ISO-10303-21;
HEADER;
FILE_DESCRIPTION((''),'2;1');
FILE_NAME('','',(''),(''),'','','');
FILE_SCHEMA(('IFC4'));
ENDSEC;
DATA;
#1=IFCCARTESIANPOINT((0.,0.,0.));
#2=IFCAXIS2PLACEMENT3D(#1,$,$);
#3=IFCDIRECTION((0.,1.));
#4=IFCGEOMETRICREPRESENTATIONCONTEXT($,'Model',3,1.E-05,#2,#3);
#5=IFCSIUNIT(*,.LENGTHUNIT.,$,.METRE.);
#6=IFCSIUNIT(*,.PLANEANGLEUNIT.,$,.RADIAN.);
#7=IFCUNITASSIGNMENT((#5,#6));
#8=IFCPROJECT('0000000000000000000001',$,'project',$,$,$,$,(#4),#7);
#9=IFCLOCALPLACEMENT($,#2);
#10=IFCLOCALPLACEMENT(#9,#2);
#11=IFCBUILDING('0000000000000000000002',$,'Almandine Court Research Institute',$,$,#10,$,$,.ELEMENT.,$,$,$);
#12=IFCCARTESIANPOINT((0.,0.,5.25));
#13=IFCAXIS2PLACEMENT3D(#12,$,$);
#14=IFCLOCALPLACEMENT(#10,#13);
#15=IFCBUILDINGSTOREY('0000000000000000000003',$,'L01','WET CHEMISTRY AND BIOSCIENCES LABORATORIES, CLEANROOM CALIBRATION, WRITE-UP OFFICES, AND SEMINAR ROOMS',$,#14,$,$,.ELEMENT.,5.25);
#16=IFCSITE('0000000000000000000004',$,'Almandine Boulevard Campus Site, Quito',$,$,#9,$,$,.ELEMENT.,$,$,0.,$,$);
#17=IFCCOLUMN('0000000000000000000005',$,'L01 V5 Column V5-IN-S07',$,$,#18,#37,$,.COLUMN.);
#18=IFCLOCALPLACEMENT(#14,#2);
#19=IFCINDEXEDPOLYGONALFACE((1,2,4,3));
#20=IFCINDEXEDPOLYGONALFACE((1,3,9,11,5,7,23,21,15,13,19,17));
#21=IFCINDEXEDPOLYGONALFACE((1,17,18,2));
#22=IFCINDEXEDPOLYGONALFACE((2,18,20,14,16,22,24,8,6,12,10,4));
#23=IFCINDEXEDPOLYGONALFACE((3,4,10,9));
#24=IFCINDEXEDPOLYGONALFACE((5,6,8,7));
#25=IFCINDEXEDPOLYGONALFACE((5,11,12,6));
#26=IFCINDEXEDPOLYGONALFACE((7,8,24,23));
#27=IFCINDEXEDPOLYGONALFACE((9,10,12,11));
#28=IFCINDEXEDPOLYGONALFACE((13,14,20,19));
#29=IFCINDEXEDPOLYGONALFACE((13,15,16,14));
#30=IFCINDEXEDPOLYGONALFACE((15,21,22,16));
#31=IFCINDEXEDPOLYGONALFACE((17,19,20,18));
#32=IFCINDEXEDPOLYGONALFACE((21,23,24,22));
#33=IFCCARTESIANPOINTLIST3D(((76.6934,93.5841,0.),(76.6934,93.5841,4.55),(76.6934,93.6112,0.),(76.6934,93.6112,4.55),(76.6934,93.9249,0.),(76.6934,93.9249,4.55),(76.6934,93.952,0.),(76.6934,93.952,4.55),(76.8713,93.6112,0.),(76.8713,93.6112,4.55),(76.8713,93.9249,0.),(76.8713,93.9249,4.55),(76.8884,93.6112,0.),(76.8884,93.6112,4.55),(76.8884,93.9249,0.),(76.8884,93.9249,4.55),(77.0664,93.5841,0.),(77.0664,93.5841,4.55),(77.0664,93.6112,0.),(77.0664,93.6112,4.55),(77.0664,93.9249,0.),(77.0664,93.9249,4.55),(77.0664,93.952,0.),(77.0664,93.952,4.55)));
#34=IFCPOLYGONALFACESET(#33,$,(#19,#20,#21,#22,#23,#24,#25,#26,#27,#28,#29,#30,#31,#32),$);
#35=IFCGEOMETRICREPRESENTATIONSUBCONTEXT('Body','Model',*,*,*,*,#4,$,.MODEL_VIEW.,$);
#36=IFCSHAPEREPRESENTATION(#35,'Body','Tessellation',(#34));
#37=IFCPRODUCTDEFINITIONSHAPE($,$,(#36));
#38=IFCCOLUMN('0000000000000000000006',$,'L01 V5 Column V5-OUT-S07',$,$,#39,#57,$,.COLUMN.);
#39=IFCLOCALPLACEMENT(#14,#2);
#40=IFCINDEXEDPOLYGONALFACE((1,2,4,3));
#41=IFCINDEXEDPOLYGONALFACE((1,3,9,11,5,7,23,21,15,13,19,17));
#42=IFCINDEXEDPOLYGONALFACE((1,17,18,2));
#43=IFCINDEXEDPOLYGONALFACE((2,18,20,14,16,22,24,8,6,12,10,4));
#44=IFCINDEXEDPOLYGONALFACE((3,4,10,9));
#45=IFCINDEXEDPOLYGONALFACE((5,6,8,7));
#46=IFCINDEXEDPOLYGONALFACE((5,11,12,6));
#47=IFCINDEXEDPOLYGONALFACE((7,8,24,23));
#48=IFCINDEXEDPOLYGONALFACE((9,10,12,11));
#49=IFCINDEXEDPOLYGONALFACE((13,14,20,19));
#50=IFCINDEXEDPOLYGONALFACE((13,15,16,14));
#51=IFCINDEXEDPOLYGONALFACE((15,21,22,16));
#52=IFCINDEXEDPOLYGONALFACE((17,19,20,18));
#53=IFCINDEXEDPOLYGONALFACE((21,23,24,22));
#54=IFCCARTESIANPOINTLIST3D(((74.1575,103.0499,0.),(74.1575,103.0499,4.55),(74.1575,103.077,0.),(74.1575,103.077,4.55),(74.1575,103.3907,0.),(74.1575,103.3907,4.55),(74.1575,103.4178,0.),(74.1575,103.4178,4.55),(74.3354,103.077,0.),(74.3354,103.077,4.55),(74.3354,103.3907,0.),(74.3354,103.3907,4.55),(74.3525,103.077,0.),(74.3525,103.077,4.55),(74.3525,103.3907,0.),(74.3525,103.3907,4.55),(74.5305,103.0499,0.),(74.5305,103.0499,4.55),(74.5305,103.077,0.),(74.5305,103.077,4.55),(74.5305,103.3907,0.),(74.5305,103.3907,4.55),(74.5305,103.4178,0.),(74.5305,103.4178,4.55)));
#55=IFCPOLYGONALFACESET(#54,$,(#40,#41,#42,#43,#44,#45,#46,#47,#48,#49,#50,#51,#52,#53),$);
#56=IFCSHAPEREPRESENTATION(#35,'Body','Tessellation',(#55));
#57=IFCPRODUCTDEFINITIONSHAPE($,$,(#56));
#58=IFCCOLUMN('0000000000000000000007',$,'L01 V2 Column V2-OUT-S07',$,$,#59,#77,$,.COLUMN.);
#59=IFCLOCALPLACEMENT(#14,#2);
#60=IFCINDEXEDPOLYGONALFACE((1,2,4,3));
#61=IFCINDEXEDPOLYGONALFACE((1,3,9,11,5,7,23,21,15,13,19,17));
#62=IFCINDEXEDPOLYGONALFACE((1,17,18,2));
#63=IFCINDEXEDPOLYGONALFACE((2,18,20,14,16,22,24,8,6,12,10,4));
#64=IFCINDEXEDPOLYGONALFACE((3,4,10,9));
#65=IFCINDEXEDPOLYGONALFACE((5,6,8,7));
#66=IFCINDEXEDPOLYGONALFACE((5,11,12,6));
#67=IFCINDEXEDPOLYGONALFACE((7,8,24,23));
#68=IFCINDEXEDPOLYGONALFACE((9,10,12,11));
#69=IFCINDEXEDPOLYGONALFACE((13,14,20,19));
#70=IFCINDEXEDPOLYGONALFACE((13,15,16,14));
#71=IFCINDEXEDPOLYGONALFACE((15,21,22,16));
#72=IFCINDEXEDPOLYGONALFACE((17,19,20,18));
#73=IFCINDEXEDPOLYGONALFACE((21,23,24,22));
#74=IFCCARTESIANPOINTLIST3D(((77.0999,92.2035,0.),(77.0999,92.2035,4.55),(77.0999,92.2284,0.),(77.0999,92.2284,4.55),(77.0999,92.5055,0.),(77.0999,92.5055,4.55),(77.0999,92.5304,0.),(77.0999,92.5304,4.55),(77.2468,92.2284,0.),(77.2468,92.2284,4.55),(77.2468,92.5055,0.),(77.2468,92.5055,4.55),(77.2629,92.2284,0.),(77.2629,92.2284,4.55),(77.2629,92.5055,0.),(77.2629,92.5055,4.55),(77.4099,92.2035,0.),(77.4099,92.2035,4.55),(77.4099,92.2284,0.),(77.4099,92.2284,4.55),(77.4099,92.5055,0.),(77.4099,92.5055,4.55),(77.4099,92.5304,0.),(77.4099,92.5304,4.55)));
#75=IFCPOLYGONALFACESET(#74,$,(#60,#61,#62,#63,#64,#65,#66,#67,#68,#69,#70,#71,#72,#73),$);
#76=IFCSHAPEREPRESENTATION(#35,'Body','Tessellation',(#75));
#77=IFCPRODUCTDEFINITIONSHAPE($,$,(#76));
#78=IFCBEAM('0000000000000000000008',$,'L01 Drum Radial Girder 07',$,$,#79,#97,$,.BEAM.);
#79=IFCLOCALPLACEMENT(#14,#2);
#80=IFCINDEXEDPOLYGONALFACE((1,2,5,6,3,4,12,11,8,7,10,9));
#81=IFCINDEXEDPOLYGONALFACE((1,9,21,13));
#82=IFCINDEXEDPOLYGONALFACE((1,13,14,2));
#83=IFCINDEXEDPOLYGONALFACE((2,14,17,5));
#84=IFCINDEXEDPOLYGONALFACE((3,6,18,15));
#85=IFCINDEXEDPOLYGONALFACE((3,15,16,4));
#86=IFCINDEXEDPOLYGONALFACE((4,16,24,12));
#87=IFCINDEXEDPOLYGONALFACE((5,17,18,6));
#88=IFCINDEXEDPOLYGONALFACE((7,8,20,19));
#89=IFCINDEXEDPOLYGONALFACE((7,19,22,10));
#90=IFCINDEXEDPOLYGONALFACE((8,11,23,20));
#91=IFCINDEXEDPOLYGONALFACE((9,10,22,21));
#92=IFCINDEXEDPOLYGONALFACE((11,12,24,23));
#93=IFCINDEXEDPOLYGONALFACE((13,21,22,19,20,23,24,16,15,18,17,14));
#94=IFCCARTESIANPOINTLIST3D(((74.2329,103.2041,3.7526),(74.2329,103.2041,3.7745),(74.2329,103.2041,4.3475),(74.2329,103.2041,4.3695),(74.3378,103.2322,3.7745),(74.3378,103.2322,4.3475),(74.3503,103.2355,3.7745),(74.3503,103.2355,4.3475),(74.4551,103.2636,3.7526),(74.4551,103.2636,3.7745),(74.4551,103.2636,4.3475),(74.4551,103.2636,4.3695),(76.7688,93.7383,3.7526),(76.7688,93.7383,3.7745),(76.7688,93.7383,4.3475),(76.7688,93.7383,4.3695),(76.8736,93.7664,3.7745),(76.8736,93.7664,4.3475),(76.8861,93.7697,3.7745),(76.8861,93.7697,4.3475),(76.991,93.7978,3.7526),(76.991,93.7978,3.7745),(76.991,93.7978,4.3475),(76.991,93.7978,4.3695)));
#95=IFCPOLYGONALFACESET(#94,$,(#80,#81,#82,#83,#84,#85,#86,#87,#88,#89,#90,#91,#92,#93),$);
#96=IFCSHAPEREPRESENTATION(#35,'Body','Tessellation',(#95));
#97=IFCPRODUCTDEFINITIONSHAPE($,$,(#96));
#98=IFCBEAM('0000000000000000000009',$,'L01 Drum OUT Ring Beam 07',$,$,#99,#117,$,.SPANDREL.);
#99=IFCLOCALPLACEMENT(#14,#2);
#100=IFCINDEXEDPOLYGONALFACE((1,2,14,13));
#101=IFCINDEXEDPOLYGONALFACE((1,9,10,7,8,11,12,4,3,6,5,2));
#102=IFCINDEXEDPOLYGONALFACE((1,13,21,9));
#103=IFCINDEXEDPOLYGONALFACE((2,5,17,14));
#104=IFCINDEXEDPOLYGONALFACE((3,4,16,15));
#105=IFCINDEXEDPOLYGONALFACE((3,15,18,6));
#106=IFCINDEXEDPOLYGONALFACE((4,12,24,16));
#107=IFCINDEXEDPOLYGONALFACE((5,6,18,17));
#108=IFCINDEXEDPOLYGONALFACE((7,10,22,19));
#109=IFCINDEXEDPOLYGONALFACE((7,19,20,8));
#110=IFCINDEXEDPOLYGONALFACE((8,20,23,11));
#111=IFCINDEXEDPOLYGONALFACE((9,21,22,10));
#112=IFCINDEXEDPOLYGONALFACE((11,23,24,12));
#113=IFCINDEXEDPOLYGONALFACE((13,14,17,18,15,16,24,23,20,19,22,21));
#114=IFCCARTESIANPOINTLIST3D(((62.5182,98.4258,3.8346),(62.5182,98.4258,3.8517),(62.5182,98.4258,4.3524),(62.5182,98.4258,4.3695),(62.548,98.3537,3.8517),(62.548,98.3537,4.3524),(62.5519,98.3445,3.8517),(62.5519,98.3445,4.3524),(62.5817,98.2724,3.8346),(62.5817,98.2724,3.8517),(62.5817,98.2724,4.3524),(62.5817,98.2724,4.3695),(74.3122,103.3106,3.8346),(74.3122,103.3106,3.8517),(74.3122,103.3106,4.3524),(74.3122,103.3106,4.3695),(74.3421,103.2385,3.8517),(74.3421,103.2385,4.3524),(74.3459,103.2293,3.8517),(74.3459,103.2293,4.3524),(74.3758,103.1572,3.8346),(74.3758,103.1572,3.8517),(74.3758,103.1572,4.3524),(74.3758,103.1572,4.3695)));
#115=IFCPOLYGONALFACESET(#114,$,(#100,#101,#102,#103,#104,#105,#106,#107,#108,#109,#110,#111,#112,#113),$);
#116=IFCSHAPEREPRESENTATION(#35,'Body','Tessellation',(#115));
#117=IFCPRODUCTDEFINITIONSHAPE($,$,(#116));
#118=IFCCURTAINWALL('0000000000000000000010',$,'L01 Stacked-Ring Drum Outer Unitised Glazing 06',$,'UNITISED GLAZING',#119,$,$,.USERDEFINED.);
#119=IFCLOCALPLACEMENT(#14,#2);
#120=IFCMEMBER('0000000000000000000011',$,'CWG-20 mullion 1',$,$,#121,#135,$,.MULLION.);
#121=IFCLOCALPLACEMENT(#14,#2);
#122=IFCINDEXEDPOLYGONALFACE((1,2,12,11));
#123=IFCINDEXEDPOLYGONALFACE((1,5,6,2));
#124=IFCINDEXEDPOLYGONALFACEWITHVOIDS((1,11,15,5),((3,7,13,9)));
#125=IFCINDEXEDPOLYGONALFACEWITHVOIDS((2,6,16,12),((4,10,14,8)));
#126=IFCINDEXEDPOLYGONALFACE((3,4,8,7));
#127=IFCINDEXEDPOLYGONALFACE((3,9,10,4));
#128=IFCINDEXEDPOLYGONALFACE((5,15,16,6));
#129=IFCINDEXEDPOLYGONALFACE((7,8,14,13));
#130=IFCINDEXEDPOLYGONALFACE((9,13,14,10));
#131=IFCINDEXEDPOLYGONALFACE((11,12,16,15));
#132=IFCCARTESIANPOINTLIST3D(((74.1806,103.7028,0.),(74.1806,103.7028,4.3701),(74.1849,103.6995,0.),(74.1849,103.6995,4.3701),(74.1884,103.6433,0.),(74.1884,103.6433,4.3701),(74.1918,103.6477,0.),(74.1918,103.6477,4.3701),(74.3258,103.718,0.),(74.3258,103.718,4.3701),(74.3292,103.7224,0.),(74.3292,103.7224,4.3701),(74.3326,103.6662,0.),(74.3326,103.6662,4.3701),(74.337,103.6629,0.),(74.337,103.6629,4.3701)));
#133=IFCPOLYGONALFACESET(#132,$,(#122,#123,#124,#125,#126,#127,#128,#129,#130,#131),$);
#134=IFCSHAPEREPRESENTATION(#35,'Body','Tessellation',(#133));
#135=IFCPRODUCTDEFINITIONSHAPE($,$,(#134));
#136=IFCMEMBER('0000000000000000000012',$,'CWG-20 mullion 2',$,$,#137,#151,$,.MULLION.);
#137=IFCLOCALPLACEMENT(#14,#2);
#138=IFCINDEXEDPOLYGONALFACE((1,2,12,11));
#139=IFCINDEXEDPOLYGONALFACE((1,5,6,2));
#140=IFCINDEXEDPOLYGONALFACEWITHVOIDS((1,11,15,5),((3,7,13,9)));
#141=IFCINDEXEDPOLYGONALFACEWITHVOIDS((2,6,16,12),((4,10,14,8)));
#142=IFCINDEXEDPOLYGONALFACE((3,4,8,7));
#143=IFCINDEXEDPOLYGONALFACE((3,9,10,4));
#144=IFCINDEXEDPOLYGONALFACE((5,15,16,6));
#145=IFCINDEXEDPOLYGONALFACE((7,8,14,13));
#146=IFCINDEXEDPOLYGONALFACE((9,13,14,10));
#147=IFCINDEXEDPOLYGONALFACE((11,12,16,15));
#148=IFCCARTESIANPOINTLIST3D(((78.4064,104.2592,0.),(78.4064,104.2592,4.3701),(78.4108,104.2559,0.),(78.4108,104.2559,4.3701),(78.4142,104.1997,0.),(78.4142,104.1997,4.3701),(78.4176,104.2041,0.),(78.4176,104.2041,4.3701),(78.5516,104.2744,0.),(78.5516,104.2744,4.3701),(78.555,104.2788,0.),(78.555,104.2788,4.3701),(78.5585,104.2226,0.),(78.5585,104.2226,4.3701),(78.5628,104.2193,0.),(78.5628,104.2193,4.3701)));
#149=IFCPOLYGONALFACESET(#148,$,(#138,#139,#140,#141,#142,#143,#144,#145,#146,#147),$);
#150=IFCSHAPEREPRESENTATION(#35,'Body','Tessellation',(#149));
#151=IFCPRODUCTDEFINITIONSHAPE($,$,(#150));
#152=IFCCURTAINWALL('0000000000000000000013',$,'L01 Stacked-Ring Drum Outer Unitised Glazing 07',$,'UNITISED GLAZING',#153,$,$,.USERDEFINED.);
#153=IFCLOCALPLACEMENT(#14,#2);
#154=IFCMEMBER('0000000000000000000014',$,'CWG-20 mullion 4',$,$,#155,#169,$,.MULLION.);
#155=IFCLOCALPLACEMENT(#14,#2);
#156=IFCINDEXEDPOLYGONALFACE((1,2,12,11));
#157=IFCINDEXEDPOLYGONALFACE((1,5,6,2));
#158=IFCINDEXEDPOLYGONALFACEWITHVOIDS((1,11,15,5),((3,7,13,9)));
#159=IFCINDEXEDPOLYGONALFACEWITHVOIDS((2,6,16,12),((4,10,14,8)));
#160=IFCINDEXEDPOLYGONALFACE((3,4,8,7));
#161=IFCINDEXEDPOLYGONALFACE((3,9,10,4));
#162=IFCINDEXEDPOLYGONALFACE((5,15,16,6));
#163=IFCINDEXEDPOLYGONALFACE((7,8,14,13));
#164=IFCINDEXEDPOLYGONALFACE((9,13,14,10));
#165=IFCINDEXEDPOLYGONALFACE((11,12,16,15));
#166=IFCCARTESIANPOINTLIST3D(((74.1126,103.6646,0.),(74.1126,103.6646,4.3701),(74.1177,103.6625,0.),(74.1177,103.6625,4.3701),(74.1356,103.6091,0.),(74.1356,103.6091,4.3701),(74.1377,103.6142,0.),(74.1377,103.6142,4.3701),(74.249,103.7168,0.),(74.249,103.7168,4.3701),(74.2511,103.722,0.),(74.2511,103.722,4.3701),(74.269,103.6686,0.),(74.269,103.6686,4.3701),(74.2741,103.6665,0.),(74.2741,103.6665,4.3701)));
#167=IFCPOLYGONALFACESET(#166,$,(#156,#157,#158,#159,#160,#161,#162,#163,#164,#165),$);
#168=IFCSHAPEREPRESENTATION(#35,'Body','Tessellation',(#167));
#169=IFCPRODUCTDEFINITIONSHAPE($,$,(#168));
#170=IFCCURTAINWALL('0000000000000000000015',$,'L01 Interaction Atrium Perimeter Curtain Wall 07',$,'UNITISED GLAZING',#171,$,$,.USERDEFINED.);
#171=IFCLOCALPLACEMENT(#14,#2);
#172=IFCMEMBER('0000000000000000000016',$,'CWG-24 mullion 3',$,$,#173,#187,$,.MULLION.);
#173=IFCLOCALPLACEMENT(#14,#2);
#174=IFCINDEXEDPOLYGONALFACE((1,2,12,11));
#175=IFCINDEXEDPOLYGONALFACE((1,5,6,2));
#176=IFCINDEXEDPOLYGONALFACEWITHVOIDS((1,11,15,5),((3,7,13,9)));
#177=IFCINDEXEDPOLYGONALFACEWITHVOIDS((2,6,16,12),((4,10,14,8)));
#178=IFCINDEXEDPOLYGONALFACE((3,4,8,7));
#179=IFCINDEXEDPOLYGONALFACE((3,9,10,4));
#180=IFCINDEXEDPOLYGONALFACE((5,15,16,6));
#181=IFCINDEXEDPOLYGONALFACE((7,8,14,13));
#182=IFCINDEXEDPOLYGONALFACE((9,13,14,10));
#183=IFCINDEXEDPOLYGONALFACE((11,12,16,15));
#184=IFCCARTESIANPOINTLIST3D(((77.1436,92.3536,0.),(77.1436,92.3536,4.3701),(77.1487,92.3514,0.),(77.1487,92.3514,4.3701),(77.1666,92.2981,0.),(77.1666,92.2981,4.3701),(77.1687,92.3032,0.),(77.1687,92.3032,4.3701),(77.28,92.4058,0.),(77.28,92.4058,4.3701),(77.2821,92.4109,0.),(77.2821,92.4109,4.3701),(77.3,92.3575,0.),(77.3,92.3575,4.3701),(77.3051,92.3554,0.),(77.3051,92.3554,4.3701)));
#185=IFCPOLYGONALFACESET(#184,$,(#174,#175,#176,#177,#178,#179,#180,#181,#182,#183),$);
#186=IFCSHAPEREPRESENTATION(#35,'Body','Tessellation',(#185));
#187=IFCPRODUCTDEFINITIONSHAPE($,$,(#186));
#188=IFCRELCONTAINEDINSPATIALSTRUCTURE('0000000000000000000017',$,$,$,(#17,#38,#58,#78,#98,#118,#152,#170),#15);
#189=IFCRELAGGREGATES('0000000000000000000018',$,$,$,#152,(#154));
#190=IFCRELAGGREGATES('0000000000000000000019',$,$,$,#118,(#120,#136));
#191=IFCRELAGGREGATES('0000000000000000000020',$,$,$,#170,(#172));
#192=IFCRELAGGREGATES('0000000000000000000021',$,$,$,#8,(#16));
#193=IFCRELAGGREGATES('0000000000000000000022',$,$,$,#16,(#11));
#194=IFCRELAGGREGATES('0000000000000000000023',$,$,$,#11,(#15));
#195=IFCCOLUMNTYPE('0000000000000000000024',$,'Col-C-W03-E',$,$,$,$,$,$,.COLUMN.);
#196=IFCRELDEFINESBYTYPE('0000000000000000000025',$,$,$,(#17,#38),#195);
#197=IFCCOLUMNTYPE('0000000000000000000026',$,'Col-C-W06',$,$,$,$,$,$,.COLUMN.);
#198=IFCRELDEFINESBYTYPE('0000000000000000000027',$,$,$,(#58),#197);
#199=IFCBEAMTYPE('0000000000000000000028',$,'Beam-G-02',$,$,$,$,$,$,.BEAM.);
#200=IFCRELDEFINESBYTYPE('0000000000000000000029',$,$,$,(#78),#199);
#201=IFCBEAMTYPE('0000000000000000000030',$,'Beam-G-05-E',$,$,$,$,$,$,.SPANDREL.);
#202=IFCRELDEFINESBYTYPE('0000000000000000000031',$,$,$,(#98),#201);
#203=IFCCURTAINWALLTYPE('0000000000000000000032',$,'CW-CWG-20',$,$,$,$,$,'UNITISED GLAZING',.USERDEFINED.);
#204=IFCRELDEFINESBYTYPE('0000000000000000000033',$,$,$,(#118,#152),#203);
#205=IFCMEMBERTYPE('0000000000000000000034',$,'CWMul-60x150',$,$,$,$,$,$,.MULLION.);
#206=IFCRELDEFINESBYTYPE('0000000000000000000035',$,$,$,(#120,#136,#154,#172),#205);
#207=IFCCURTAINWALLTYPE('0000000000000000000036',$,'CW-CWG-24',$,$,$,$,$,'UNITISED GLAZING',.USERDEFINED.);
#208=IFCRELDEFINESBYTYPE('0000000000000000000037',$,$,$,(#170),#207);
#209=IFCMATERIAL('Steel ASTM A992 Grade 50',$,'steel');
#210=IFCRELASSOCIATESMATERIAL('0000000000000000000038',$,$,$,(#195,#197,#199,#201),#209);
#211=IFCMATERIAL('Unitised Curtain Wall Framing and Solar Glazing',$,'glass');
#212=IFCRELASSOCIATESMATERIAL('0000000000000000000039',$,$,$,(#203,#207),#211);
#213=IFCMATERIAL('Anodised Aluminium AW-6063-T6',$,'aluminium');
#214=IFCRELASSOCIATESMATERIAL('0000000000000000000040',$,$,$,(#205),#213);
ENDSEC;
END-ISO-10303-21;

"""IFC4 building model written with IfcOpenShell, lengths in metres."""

from ifc_helpers import new_model, si_unit, direction, frame, origin, origin_2d, place, context, subcontext, project, spatial, hollow_rectangle, i_section, extrude, material, material_profile, profile_set, type_object, element, aggregate, save


model = new_model("IFC4")

# Units and contexts
model_context = context("Model", 3, precision=1e-05, world=origin(), true_north=direction((0.0, 1.0)))
body_context = subcontext(model_context, "Body", "Model", "MODEL_VIEW")
ifc_project = project(units=[si_unit("LENGTHUNIT", "METRE"), si_unit("PLANEANGLEUNIT", "RADIAN")], contexts=[model_context])

# Site, building, storey
site_placement = place(None, origin())
site = spatial("IfcSite", under=ifc_project, at=site_placement, Name="Almandine Boulevard Campus Site, Quito", CompositionType="ELEMENT", RefElevation=0.0)
building_placement = place(site_placement, origin())
building = spatial("IfcBuilding", under=site, at=building_placement, Name="Almandine Court Research Institute", CompositionType="ELEMENT")
storey_placement = place(building_placement, frame((0.0, 0.0, 5.25)))
storey = spatial("IfcBuildingStorey", under=building, at=storey_placement, Name="L01", Description="WET CHEMISTRY AND BIOSCIENCES LABORATORIES, CLEANROOM CALIBRATION, WRITE-UP OFFICES, AND SEMINAR ROOMS", CompositionType="ELEMENT", Elevation=5.25)

# Columns
ifc_material_1 = material(Name="Steel ASTM A992 Grade 50", Category="steel")
ifc_material_profile_1 = material_profile(ifc_material_1, i_section(OverallWidth=0.373, OverallDepth=0.3679, WebThickness=0.0171, FlangeThickness=0.0271, at=origin_2d()), Name="W360x179")
ifc_profile_set_1 = profile_set([ifc_material_profile_1], Name="Steel ASTM A992 Grade 50")
column_type_1 = type_object("IfcColumnType", Name="Col-C-W03-E", PredefinedType="COLUMN", material=ifc_profile_set_1)
for number, where, z_axis, x_axis, name in (
    (1, (76.8799, 93.7681, 0.0), (0.0, 0.0, 1.0), (1.0, 0.0, 0.0), "L01 V5 Column V5-IN-S07"),
    (2, (74.344, 103.2339, 0.0), (0.0, 0.0, 1.0), (1.0, 0.0, 0.0), "L01 V5 Column V5-OUT-S07"),
):
    element("IfcColumn", number, at=place(storey_placement, frame(where, z_axis=z_axis, x_axis=x_axis)), inside=storey, type_object=column_type_1, Name=name, PredefinedType="COLUMN", context=body_context, shape_type="SweptSolid", body=[
        extrude(i_section(OverallWidth=0.373, OverallDepth=0.3679, WebThickness=0.0171, FlangeThickness=0.0271, at=origin_2d()), origin(), (0.0, 0.0, 1.0), 4.55),
    ])
ifc_material_profile_2 = material_profile(ifc_material_1, i_section(OverallWidth=0.3101, OverallDepth=0.3269, WebThickness=0.0161, FlangeThickness=0.0249, at=origin_2d()), Name="W310x158")
ifc_profile_set_2 = profile_set([ifc_material_profile_2], Name="Steel ASTM A992 Grade 50")
column_type_2 = type_object("IfcColumnType", Name="Col-C-W06", PredefinedType="COLUMN", material=ifc_profile_set_2)
column_placement = place(storey_placement, frame((77.2549, 92.3669, 0.0), z_axis=(0.0, 0.0, 1.0), x_axis=(1.0, 0.0, 0.0)))
element("IfcColumn", 3, at=column_placement, inside=storey, type_object=column_type_2, Name="L01 V2 Column V2-OUT-S07", PredefinedType="COLUMN", context=body_context, shape_type="SweptSolid", body=[
    extrude(i_section(OverallWidth=0.3101, OverallDepth=0.3269, WebThickness=0.0161, FlangeThickness=0.0249, at=origin_2d()), origin(), (0.0, 0.0, 1.0), 4.55),
])

# Beams
ifc_material_profile_3 = material_profile(ifc_material_1, i_section(OverallWidth=0.23, OverallDepth=0.6169, WebThickness=0.0129, FlangeThickness=0.022, at=origin_2d()), Name="W610x140")
ifc_profile_set_3 = profile_set([ifc_material_profile_3], Name="Steel ASTM A992 Grade 50")
beam_type_1 = type_object("IfcBeamType", Name="Beam-G-02", PredefinedType="BEAM", material=ifc_profile_set_3)
beam_1_placement = place(storey_placement, frame((76.8799, 93.7681, 4.061), z_axis=(-0.258774, 0.965938, 0.0), x_axis=(-0.965938, -0.258774, 0.0)))
element("IfcBeam", 4, at=beam_1_placement, inside=storey, type_object=beam_type_1, Name="L01 Drum Radial Girder 07", PredefinedType="BEAM", context=body_context, shape_type="SweptSolid", body=[
    extrude(i_section(OverallWidth=0.23, OverallDepth=0.6169, WebThickness=0.0129, FlangeThickness=0.022, at=origin_2d()), origin(), (0.0, 0.0, 1.0), 9.7996),
])
ifc_material_profile_4 = material_profile(ifc_material_1, i_section(OverallWidth=0.166, OverallDepth=0.5349, WebThickness=0.01, FlangeThickness=0.0171, at=origin_2d()), Name="W530x85")
ifc_profile_set_4 = profile_set([ifc_material_profile_4], Name="Steel ASTM A992 Grade 50")
beam_type_2 = type_object("IfcBeamType", Name="Beam-G-05-E", PredefinedType="SPANDREL", material=ifc_profile_set_4)
beam_2_placement = place(storey_placement, frame((74.344, 103.2339, 4.1021), z_axis=(-0.923892, -0.382654, 0.0), x_axis=(0.382654, -0.923892, 0.0)))
element("IfcBeam", 5, at=beam_2_placement, inside=storey, type_object=beam_type_2, Name="L01 Drum OUT Ring Beam 07", PredefinedType="SPANDREL", context=body_context, shape_type="SweptSolid", body=[
    extrude(i_section(OverallWidth=0.166, OverallDepth=0.5349, WebThickness=0.01, FlangeThickness=0.0171, at=origin_2d()), origin(), (0.0, 0.0, 1.0), 12.7656),
])

# Curtain wall, members
ifc_material_2 = material(Name="Unitised Curtain Wall Framing and Solar Glazing", Category="glass")
curtain_wall_type_1 = type_object("IfcCurtainWallType", Name="CW-CWG-20", ElementType="UNITISED GLAZING", PredefinedType="USERDEFINED", material=ifc_material_2)
curtain_wall_1_placement = place(storey_placement, origin())
curtain_wall_1 = element("IfcCurtainWall", 6, at=curtain_wall_1_placement, inside=storey, type_object=curtain_wall_type_1, Name="L01 Stacked-Ring Drum Outer Unitised Glazing 06", ObjectType="UNITISED GLAZING", PredefinedType="USERDEFINED")
ifc_material_3 = material(Name="Anodised Aluminium AW-6063-T6", Category="aluminium")
ifc_material_profile_5 = material_profile(ifc_material_3, hollow_rectangle(XDim=0.0601, YDim=0.1499, WallThickness=0.0039, at=origin_2d()), Name="ALU RHS 60x150x4")
ifc_profile_set_5 = profile_set([ifc_material_profile_5], Name="Anodised Aluminium AW-6063-T6")
member_type_1 = type_object("IfcMemberType", Name="CWMul-60x150", PredefinedType="MULLION", material=ifc_profile_set_5)
member_1_placement = place(storey_placement, frame((74.2588, 103.6829, 0.0), z_axis=(0.0, 0.0, 1.0), x_axis=(-0.130541, 0.991443, 0.0)))
member_1 = element("IfcMember", 7, at=member_1_placement, type_object=member_type_1, Name="CWG-20 mullion 1", PredefinedType="MULLION", context=body_context, shape_type="SweptSolid", body=[
    extrude(hollow_rectangle(XDim=0.0601, YDim=0.1499, WallThickness=0.0039, at=origin_2d()), origin(), (0.0, 0.0, 1.0), 4.3701),
])
member_2_placement = place(storey_placement, frame((78.4846, 104.2393, 0.0), z_axis=(0.0, 0.0, 1.0), x_axis=(-0.130541, 0.991443, 0.0)))
member_2 = element("IfcMember", 8, at=member_2_placement, type_object=member_type_1, Name="CWG-20 mullion 2", PredefinedType="MULLION", context=body_context, shape_type="SweptSolid", body=[
    extrude(hollow_rectangle(XDim=0.0601, YDim=0.1499, WallThickness=0.0039, at=origin_2d()), origin(), (0.0, 0.0, 1.0), 4.3701),
])

# Curtain walls, members
curtain_wall_2_placement = place(storey_placement, origin())
curtain_wall_2 = element("IfcCurtainWall", 9, at=curtain_wall_2_placement, inside=storey, type_object=curtain_wall_type_1, Name="L01 Stacked-Ring Drum Outer Unitised Glazing 07", ObjectType="UNITISED GLAZING", PredefinedType="USERDEFINED")
member_3_placement = place(storey_placement, frame((74.1934, 103.6655, 0.0), z_axis=(0.0, 0.0, 1.0), x_axis=(-0.382663, 0.923888, 0.0)))
member_3 = element("IfcMember", 10, at=member_3_placement, type_object=member_type_1, Name="CWG-20 mullion 4", PredefinedType="MULLION", context=body_context, shape_type="SweptSolid", body=[
    extrude(hollow_rectangle(XDim=0.0601, YDim=0.1499, WallThickness=0.0039, at=origin_2d()), origin(), (0.0, 0.0, 1.0), 4.3701),
])
aggregate(curtain_wall_2, [member_3])
curtain_wall_type_2 = type_object("IfcCurtainWallType", Name="CW-CWG-24", ElementType="UNITISED GLAZING", PredefinedType="USERDEFINED", material=ifc_material_2)
curtain_wall_3_placement = place(storey_placement, origin())
curtain_wall_3 = element("IfcCurtainWall", 11, at=curtain_wall_3_placement, inside=storey, type_object=curtain_wall_type_2, Name="L01 Interaction Atrium Perimeter Curtain Wall 07", ObjectType="UNITISED GLAZING", PredefinedType="USERDEFINED")
member_4_placement = place(storey_placement, frame((77.2244, 92.3545, 0.0), z_axis=(0.0, 0.0, 1.0), x_axis=(-0.382634, 0.9239, 0.0)))
member_4 = element("IfcMember", 12, at=member_4_placement, type_object=member_type_1, Name="CWG-24 mullion 3", PredefinedType="MULLION", context=body_context, shape_type="SweptSolid", body=[
    extrude(hollow_rectangle(XDim=0.0601, YDim=0.1499, WallThickness=0.0039, at=origin_2d()), origin(), (0.0, 0.0, 1.0), 4.3701),
])

aggregate(curtain_wall_1, [member_1, member_2])
aggregate(curtain_wall_3, [member_4])

save(model, "model.ifc")
